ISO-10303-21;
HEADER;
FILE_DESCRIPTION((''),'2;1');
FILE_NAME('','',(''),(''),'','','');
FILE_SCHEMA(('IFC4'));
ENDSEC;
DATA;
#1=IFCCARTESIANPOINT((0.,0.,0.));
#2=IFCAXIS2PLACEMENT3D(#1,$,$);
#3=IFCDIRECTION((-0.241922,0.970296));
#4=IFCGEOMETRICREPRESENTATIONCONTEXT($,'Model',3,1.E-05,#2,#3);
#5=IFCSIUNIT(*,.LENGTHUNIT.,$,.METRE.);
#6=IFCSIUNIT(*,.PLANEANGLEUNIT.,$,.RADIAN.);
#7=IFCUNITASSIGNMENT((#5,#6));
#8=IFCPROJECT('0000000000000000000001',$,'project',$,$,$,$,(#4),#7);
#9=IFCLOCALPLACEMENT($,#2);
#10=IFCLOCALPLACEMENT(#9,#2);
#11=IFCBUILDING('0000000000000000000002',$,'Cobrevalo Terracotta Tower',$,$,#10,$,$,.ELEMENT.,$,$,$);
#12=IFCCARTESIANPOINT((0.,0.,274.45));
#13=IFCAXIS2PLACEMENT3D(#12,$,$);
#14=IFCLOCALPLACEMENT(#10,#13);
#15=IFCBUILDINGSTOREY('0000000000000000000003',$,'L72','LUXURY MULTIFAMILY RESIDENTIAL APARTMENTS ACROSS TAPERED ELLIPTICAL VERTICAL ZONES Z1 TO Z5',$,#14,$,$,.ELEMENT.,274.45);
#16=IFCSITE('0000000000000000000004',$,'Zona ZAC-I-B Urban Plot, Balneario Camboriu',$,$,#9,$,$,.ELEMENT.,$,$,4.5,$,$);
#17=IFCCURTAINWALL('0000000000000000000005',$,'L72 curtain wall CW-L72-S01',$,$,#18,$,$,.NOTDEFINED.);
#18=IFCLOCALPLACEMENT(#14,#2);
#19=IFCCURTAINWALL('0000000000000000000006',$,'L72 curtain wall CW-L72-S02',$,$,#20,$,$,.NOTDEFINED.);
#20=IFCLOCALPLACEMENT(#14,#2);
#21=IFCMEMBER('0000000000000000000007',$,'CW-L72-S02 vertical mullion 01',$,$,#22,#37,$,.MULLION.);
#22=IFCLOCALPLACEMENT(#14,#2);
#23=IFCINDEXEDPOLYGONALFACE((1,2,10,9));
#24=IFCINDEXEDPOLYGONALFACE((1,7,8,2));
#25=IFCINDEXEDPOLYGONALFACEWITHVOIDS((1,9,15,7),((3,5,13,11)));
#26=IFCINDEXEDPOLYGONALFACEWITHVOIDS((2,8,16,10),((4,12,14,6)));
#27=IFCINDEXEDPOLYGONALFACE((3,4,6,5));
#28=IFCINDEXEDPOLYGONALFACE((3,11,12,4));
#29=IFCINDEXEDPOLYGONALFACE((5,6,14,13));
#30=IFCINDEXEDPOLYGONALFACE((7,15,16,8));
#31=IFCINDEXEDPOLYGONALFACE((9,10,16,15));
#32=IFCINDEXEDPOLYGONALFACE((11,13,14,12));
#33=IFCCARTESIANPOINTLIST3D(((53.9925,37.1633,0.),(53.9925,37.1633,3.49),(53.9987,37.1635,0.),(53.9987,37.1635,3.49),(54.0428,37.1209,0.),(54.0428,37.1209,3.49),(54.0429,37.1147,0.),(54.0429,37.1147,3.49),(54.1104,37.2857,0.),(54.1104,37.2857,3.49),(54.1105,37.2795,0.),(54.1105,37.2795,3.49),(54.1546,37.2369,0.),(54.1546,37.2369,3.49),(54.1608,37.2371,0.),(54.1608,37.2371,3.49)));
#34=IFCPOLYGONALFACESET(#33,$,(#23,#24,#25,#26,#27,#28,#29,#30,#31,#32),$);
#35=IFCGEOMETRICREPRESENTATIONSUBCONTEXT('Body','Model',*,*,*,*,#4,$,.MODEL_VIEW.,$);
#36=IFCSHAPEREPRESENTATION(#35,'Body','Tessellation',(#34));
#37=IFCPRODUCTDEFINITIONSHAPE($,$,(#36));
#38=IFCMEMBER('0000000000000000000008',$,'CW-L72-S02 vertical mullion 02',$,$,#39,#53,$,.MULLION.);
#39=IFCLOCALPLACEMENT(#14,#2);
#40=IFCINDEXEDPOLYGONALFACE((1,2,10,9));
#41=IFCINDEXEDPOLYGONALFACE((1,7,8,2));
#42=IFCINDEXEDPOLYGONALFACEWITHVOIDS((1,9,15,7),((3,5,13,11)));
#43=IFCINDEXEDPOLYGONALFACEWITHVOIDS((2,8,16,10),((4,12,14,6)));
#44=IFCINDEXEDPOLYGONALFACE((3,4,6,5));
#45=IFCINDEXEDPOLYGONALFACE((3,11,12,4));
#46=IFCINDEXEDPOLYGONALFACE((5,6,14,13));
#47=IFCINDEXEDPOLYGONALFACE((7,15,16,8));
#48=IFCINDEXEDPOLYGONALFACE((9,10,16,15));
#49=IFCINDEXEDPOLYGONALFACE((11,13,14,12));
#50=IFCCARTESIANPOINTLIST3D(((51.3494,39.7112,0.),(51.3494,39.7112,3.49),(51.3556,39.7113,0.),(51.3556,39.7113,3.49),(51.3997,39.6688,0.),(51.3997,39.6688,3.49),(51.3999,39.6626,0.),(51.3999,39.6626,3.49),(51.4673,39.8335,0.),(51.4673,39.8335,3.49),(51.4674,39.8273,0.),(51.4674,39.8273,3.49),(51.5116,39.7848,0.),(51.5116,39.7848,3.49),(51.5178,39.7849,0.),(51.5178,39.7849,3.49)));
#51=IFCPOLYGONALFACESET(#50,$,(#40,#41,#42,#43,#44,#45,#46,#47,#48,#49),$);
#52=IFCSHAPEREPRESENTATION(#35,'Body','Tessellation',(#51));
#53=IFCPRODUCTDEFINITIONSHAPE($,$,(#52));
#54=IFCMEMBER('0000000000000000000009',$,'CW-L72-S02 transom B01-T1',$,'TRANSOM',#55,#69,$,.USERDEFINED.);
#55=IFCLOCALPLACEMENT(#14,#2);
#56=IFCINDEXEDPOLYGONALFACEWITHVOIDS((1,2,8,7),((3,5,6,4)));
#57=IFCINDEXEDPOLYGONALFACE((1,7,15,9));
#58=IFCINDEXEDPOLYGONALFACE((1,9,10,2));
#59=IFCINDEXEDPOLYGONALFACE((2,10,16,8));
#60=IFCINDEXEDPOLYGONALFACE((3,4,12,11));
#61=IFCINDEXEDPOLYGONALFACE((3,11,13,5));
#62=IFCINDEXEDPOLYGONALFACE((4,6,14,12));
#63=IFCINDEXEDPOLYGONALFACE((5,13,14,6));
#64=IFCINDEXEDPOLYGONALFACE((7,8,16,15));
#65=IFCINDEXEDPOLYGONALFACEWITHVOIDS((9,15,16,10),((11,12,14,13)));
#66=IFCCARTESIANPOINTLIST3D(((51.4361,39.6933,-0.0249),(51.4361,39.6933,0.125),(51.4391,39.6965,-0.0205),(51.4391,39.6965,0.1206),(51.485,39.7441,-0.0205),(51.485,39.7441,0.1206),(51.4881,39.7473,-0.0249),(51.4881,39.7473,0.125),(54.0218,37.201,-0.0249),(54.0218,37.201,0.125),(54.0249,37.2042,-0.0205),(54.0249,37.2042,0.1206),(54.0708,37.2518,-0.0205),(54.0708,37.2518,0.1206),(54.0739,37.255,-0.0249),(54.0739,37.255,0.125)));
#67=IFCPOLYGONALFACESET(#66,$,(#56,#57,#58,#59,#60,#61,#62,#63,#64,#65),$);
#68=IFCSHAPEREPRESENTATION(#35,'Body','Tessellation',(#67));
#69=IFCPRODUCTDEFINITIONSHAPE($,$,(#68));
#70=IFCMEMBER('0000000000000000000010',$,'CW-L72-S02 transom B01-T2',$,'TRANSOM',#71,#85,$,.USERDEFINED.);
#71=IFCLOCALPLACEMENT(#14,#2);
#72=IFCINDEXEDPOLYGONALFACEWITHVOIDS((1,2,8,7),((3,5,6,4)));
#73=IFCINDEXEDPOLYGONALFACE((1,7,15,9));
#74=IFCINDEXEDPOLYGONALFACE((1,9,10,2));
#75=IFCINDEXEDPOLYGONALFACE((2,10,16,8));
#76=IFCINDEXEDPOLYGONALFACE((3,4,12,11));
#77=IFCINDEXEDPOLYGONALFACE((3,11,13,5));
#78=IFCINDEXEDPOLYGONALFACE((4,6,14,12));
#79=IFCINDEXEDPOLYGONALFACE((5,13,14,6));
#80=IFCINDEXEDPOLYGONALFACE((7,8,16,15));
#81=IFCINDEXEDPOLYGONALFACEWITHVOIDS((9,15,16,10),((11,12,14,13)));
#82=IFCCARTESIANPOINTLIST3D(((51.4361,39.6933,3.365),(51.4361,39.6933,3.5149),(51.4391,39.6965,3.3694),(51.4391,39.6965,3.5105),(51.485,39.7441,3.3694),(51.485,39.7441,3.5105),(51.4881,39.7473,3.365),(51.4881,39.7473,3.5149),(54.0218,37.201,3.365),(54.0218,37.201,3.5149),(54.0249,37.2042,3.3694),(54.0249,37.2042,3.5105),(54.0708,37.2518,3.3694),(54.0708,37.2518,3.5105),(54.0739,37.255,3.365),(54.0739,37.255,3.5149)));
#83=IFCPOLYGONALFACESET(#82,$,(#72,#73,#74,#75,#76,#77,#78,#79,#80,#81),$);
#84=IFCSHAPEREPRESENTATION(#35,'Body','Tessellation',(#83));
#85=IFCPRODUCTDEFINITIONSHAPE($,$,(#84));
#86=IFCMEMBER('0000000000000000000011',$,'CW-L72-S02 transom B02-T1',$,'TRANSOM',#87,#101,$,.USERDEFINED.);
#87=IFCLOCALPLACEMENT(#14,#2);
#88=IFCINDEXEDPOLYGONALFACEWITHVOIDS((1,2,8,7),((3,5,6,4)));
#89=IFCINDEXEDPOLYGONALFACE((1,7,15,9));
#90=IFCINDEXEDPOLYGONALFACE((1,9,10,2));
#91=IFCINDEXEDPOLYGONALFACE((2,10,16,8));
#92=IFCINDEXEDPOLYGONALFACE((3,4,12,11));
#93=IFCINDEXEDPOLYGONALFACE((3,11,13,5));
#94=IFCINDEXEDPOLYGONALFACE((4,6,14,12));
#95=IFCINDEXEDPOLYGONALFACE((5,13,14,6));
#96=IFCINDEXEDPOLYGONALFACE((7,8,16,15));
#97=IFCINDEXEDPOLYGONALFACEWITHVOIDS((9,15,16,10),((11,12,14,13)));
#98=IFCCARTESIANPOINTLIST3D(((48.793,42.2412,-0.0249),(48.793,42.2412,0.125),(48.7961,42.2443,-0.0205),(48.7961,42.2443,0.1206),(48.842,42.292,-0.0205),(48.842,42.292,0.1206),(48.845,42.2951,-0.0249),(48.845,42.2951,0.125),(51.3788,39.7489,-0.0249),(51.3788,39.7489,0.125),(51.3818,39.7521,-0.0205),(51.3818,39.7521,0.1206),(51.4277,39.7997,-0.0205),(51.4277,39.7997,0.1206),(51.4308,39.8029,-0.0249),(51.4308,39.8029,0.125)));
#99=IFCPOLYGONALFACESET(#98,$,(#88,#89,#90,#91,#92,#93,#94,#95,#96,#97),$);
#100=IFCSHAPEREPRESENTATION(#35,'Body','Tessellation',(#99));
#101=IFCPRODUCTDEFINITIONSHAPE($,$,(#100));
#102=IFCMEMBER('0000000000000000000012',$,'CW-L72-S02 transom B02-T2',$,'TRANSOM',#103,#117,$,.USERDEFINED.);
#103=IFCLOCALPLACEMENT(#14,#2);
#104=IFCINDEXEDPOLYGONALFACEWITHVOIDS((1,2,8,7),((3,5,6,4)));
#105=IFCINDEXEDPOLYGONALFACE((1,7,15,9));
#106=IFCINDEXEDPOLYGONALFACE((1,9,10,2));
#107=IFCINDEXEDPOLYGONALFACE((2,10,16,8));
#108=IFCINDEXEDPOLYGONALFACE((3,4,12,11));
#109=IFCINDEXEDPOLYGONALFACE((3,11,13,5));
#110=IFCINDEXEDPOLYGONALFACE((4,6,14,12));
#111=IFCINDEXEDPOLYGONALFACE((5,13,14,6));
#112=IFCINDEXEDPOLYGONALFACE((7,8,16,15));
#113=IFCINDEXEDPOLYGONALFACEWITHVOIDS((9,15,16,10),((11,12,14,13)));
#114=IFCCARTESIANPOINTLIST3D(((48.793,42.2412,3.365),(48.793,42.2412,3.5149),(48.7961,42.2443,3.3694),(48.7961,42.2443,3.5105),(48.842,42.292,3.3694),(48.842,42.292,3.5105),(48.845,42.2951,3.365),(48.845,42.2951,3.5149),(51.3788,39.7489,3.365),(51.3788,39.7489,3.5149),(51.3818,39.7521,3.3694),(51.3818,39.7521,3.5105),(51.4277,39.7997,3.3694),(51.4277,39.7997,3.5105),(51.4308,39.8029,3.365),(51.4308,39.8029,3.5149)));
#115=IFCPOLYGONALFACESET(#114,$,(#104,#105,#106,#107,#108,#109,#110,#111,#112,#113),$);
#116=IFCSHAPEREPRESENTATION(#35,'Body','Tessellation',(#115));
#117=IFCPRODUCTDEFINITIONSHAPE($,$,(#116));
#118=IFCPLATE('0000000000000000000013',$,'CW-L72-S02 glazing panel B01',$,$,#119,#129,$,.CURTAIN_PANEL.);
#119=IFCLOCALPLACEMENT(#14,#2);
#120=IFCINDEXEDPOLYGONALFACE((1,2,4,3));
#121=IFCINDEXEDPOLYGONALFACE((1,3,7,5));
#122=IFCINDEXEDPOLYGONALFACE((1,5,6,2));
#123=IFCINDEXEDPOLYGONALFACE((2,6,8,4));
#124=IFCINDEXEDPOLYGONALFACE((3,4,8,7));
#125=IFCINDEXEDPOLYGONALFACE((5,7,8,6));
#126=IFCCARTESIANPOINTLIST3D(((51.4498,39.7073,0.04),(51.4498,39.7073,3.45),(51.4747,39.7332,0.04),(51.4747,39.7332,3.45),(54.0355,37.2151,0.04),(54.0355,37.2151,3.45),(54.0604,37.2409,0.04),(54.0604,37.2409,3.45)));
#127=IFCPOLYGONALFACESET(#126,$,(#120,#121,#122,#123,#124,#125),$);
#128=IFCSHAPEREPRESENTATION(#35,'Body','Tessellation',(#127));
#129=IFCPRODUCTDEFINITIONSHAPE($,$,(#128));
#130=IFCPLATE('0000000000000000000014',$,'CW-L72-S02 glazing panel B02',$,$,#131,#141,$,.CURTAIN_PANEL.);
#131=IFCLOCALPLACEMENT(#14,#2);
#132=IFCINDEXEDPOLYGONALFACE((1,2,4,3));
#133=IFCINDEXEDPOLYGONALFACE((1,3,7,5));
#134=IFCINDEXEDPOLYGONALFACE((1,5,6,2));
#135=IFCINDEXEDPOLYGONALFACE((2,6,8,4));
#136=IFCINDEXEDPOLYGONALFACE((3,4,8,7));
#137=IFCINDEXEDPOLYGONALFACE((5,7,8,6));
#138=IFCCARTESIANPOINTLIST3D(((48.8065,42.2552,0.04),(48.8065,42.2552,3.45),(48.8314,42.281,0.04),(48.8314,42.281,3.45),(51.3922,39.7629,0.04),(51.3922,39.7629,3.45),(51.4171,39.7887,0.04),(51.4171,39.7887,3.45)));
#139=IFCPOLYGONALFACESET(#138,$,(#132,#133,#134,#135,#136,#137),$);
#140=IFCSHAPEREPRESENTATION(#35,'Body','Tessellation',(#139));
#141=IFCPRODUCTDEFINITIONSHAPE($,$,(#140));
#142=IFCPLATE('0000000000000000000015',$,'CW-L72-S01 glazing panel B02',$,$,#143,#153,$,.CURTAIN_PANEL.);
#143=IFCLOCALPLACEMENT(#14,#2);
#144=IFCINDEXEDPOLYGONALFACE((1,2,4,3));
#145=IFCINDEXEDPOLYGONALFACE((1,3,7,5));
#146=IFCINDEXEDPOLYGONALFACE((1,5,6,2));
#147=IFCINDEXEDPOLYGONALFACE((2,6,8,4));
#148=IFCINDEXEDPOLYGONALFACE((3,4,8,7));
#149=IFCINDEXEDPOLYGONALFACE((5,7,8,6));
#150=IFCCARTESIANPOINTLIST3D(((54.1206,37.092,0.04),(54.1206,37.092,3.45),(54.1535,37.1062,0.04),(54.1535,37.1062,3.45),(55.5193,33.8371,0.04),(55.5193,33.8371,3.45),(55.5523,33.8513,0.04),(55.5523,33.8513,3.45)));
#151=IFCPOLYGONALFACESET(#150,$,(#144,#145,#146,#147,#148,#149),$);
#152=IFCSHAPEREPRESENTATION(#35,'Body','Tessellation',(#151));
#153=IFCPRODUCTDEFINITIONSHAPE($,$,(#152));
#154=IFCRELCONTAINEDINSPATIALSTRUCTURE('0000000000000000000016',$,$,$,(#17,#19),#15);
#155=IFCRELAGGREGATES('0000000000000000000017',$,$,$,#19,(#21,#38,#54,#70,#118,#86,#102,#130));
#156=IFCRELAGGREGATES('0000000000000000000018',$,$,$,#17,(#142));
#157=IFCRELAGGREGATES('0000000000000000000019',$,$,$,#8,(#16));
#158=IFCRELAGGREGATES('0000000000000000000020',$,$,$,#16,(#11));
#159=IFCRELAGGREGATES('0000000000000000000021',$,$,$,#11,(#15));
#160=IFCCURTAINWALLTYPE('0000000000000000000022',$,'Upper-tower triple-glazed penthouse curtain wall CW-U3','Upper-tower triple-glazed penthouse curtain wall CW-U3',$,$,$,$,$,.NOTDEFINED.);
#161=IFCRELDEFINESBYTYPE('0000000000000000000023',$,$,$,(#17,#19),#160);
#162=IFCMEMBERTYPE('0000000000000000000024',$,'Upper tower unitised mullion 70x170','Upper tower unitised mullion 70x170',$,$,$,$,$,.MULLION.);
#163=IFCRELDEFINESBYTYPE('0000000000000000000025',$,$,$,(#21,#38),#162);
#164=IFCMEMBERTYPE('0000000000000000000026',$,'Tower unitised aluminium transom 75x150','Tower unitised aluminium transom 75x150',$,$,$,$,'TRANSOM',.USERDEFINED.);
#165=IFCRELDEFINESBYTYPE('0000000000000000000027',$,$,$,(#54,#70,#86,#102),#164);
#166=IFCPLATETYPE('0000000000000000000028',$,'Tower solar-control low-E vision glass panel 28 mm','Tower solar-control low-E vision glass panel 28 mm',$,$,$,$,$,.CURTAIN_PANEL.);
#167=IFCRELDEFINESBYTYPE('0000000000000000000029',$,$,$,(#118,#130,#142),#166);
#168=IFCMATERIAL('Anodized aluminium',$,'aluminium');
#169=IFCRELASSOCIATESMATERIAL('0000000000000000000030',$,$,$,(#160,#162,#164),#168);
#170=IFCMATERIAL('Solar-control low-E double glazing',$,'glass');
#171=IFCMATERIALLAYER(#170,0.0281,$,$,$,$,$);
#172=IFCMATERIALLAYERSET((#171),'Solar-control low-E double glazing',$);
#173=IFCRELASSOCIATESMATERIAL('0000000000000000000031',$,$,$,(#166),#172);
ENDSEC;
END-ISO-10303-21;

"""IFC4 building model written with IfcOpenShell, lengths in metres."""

from ifc_helpers import new_model, si_unit, direction, frame, origin, origin_2d, place, context, subcontext, project, spatial, rectangle, hollow_rectangle, extrude, source, transform, mapped, material, layer, layer_set, material_profile, profile_set, type_object, element, aggregate, save


model = new_model("IFC4")

# Units and contexts
model_context = context("Model", 3, precision=1e-05, world=origin(), true_north=direction((-0.241922, 0.970296)))
body_context = subcontext(model_context, "Body", "Model", "MODEL_VIEW")
ifc_project = project(units=[si_unit("LENGTHUNIT", "METRE"), si_unit("PLANEANGLEUNIT", "RADIAN")], contexts=[model_context])

# Site, building, storey
site_placement = place(None, origin())
site = spatial("IfcSite", under=ifc_project, at=site_placement, Name="Zona ZAC-I-B Urban Plot, Balneario Camboriu", CompositionType="ELEMENT", RefElevation=4.5)
building_placement = place(site_placement, origin())
building = spatial("IfcBuilding", under=site, at=building_placement, Name="Cobrevalo Terracotta Tower", CompositionType="ELEMENT")
storey_placement = place(building_placement, frame((0.0, 0.0, 274.45)))
storey = spatial("IfcBuildingStorey", under=building, at=storey_placement, Name="L72", Description="LUXURY MULTIFAMILY RESIDENTIAL APARTMENTS ACROSS TAPERED ELLIPTICAL VERTICAL ZONES Z1 TO Z5", CompositionType="ELEMENT", Elevation=274.45)

# Curtain wall
ifc_material_1 = material(Name="Anodized aluminium", Category="aluminium")
curtain_wall_type = type_object("IfcCurtainWallType", Name="Upper-tower triple-glazed penthouse curtain wall CW-U3", Description="Upper-tower triple-glazed penthouse curtain wall CW-U3", PredefinedType="NOTDEFINED", material=ifc_material_1)
curtain_wall_1_placement = place(storey_placement, origin())
curtain_wall_1 = element("IfcCurtainWall", 1, at=curtain_wall_1_placement, inside=storey, type_object=curtain_wall_type, Name="L72 curtain wall CW-L72-S01", PredefinedType="NOTDEFINED")
ifc_material_profile_1 = material_profile(ifc_material_1, hollow_rectangle(XDim=0.0701, YDim=0.1699, WallThickness=0.0044, at=origin_2d()), Name="CWM 70x170")
ifc_profile_set_1 = profile_set([ifc_material_profile_1], Name="Anodized aluminium")
member_type_1 = type_object("IfcMemberType", Name="Upper tower unitised mullion 70x170", Description="Upper tower unitised mullion 70x170", PredefinedType="MULLION", material=ifc_profile_set_1)
shared_shape_1 = source(origin(), body_context, "Body", "SweptSolid", [
    extrude(hollow_rectangle(XDim=0.0701, YDim=0.1699, WallThickness=0.0044, at=origin_2d()), origin(), (0.0, 0.0, 1.0), 3.49),
])

# Curtain wall, members, plates
curtain_wall_2_placement = place(storey_placement, origin())
curtain_wall_2 = element("IfcCurtainWall", 2, at=curtain_wall_2_placement, inside=storey, type_object=curtain_wall_type, Name="L72 curtain wall CW-L72-S02", PredefinedType="NOTDEFINED")
member_1_placement = place(storey_placement, frame((54.0767, 37.2002, 0.0), z_axis=(0.0, 0.0, 1.0), x_axis=(-0.719994, 0.69398, 0.0)))
member_1 = element("IfcMember", 3, at=member_1_placement, type_object=member_type_1, Name="CW-L72-S02 vertical mullion 01", PredefinedType="MULLION", context=body_context, shape_type="MappedRepresentation", body=[
    mapped(shared_shape_1, transform((0.0, 0.0, 0.0), scale=1.0)),
])
member_2_placement = place(storey_placement, frame((51.4336, 39.748, 0.0), z_axis=(0.0, 0.0, 1.0), x_axis=(-0.719994, 0.69398, 0.0)))
member_2 = element("IfcMember", 4, at=member_2_placement, type_object=member_type_1, Name="CW-L72-S02 vertical mullion 02", PredefinedType="MULLION", context=body_context, shape_type="MappedRepresentation", body=[
    mapped(shared_shape_1, transform((0.0, 0.0, 0.0), scale=1.0)),
])
ifc_material_profile_2 = material_profile(ifc_material_1, hollow_rectangle(XDim=0.075, YDim=0.1499, WallThickness=0.0044, at=origin_2d()), Name="CWT 75x150")
ifc_profile_set_2 = profile_set([ifc_material_profile_2], Name="Anodized aluminium")
member_type_2 = type_object("IfcMemberType", Name="Tower unitised aluminium transom 75x150", Description="Tower unitised aluminium transom 75x150", ElementType="TRANSOM", PredefinedType="USERDEFINED", material=ifc_profile_set_2)
shared_shape_2 = source(origin(), body_context, "Body", "SweptSolid", [
    extrude(hollow_rectangle(XDim=0.075, YDim=0.1499, WallThickness=0.0044, at=origin_2d()), origin(), (0.0, 0.0, 1.0), 3.5913),
])
member_3_placement = place(storey_placement, frame((54.0479, 37.228, 0.05), z_axis=(-0.720006, 0.693968, 0.0), x_axis=(-0.693968, -0.720006, 0.0)))
member_3 = element("IfcMember", 5, at=member_3_placement, type_object=member_type_2, Name="CW-L72-S02 transom B01-T1", ObjectType="TRANSOM", PredefinedType="USERDEFINED", context=body_context, shape_type="MappedRepresentation", body=[
    mapped(shared_shape_2, transform((0.0, 0.0, 0.0), scale=1.0)),
])
member_4_placement = place(storey_placement, frame((54.0479, 37.228, 3.4399), z_axis=(-0.720006, 0.693968, 0.0), x_axis=(-0.693968, -0.720006, 0.0)))
member_4 = element("IfcMember", 6, at=member_4_placement, type_object=member_type_2, Name="CW-L72-S02 transom B01-T2", ObjectType="TRANSOM", PredefinedType="USERDEFINED", context=body_context, shape_type="MappedRepresentation", body=[
    mapped(shared_shape_2, transform((0.0, 0.0, 0.0), scale=1.0)),
])
member_5_placement = place(storey_placement, frame((51.4048, 39.7759, 0.05), z_axis=(-0.720006, 0.693968, 0.0), x_axis=(-0.693968, -0.720006, 0.0)))
member_5 = element("IfcMember", 7, at=member_5_placement, type_object=member_type_2, Name="CW-L72-S02 transom B02-T1", ObjectType="TRANSOM", PredefinedType="USERDEFINED", context=body_context, shape_type="MappedRepresentation", body=[
    mapped(shared_shape_2, transform((0.0, 0.0, 0.0), scale=1.0)),
])
member_6_placement = place(storey_placement, frame((51.4048, 39.7759, 3.4399), z_axis=(-0.720006, 0.693968, 0.0), x_axis=(-0.693968, -0.720006, 0.0)))
member_6 = element("IfcMember", 8, at=member_6_placement, type_object=member_type_2, Name="CW-L72-S02 transom B02-T2", ObjectType="TRANSOM", PredefinedType="USERDEFINED", context=body_context, shape_type="MappedRepresentation", body=[
    mapped(shared_shape_2, transform((0.0, 0.0, 0.0), scale=1.0)),
])
ifc_material_2 = material(Name="Solar-control low-E double glazing", Category="glass")
ifc_layer_1 = layer(ifc_material_2, 0.0281)
ifc_layer_set_1 = layer_set([ifc_layer_1], Name="Solar-control low-E double glazing")
plate_type = type_object("IfcPlateType", Name="Tower solar-control low-E vision glass panel 28 mm", Description="Tower solar-control low-E vision glass panel 28 mm", PredefinedType="CURTAIN_PANEL", material=ifc_layer_set_1)
shared_shape_3 = source(origin(), body_context, "Body", "SweptSolid", [
    extrude(rectangle(XDim=3.5913, YDim=0.0359, at=origin_2d()), origin(), (0.0, 0.0, 1.0), 3.4099),
])
plate_1_placement = place(storey_placement, frame((52.7551, 38.4741, 0.04), z_axis=(0.0, 0.0, 1.0), x_axis=(-0.719997, 0.693978, 0.0)))
plate_1 = element("IfcPlate", 9, at=plate_1_placement, type_object=plate_type, Name="CW-L72-S02 glazing panel B01", PredefinedType="CURTAIN_PANEL", context=body_context, shape_type="MappedRepresentation", body=[
    mapped(shared_shape_3, transform((0.0, 0.0, 0.0), scale=1.0)),
])
plate_2_placement = place(storey_placement, frame((50.1118, 41.022, 0.04), z_axis=(0.0, 0.0, 1.0), x_axis=(-0.719997, 0.693978, 0.0)))
plate_2 = element("IfcPlate", 10, at=plate_2_placement, type_object=plate_type, Name="CW-L72-S02 glazing panel B02", PredefinedType="CURTAIN_PANEL", context=body_context, shape_type="MappedRepresentation", body=[
    mapped(shared_shape_3, transform((0.0, 0.0, 0.0), scale=1.0)),
])
aggregate(curtain_wall_2, [member_1, member_2, member_3, member_4, plate_1, member_5, member_6, plate_2])

# Plate
shared_shape_4 = source(origin(), body_context, "Body", "SweptSolid", [
    extrude(rectangle(XDim=3.5427, YDim=0.0359, at=origin_2d()), origin(), (0.0, 0.0, 1.0), 3.4099),
])
plate_3_placement = place(storey_placement, frame((54.8364, 35.4717, 0.04), z_axis=(0.0, 0.0, 1.0), x_axis=(-0.394829, 0.918755, 0.0)))
plate_3 = element("IfcPlate", 11, at=plate_3_placement, type_object=plate_type, Name="CW-L72-S01 glazing panel B02", PredefinedType="CURTAIN_PANEL", context=body_context, shape_type="MappedRepresentation", body=[
    mapped(shared_shape_4, transform((0.0, 0.0, 0.0), scale=1.0)),
])
aggregate(curtain_wall_1, [plate_3])

save(model, "model.ifc")
